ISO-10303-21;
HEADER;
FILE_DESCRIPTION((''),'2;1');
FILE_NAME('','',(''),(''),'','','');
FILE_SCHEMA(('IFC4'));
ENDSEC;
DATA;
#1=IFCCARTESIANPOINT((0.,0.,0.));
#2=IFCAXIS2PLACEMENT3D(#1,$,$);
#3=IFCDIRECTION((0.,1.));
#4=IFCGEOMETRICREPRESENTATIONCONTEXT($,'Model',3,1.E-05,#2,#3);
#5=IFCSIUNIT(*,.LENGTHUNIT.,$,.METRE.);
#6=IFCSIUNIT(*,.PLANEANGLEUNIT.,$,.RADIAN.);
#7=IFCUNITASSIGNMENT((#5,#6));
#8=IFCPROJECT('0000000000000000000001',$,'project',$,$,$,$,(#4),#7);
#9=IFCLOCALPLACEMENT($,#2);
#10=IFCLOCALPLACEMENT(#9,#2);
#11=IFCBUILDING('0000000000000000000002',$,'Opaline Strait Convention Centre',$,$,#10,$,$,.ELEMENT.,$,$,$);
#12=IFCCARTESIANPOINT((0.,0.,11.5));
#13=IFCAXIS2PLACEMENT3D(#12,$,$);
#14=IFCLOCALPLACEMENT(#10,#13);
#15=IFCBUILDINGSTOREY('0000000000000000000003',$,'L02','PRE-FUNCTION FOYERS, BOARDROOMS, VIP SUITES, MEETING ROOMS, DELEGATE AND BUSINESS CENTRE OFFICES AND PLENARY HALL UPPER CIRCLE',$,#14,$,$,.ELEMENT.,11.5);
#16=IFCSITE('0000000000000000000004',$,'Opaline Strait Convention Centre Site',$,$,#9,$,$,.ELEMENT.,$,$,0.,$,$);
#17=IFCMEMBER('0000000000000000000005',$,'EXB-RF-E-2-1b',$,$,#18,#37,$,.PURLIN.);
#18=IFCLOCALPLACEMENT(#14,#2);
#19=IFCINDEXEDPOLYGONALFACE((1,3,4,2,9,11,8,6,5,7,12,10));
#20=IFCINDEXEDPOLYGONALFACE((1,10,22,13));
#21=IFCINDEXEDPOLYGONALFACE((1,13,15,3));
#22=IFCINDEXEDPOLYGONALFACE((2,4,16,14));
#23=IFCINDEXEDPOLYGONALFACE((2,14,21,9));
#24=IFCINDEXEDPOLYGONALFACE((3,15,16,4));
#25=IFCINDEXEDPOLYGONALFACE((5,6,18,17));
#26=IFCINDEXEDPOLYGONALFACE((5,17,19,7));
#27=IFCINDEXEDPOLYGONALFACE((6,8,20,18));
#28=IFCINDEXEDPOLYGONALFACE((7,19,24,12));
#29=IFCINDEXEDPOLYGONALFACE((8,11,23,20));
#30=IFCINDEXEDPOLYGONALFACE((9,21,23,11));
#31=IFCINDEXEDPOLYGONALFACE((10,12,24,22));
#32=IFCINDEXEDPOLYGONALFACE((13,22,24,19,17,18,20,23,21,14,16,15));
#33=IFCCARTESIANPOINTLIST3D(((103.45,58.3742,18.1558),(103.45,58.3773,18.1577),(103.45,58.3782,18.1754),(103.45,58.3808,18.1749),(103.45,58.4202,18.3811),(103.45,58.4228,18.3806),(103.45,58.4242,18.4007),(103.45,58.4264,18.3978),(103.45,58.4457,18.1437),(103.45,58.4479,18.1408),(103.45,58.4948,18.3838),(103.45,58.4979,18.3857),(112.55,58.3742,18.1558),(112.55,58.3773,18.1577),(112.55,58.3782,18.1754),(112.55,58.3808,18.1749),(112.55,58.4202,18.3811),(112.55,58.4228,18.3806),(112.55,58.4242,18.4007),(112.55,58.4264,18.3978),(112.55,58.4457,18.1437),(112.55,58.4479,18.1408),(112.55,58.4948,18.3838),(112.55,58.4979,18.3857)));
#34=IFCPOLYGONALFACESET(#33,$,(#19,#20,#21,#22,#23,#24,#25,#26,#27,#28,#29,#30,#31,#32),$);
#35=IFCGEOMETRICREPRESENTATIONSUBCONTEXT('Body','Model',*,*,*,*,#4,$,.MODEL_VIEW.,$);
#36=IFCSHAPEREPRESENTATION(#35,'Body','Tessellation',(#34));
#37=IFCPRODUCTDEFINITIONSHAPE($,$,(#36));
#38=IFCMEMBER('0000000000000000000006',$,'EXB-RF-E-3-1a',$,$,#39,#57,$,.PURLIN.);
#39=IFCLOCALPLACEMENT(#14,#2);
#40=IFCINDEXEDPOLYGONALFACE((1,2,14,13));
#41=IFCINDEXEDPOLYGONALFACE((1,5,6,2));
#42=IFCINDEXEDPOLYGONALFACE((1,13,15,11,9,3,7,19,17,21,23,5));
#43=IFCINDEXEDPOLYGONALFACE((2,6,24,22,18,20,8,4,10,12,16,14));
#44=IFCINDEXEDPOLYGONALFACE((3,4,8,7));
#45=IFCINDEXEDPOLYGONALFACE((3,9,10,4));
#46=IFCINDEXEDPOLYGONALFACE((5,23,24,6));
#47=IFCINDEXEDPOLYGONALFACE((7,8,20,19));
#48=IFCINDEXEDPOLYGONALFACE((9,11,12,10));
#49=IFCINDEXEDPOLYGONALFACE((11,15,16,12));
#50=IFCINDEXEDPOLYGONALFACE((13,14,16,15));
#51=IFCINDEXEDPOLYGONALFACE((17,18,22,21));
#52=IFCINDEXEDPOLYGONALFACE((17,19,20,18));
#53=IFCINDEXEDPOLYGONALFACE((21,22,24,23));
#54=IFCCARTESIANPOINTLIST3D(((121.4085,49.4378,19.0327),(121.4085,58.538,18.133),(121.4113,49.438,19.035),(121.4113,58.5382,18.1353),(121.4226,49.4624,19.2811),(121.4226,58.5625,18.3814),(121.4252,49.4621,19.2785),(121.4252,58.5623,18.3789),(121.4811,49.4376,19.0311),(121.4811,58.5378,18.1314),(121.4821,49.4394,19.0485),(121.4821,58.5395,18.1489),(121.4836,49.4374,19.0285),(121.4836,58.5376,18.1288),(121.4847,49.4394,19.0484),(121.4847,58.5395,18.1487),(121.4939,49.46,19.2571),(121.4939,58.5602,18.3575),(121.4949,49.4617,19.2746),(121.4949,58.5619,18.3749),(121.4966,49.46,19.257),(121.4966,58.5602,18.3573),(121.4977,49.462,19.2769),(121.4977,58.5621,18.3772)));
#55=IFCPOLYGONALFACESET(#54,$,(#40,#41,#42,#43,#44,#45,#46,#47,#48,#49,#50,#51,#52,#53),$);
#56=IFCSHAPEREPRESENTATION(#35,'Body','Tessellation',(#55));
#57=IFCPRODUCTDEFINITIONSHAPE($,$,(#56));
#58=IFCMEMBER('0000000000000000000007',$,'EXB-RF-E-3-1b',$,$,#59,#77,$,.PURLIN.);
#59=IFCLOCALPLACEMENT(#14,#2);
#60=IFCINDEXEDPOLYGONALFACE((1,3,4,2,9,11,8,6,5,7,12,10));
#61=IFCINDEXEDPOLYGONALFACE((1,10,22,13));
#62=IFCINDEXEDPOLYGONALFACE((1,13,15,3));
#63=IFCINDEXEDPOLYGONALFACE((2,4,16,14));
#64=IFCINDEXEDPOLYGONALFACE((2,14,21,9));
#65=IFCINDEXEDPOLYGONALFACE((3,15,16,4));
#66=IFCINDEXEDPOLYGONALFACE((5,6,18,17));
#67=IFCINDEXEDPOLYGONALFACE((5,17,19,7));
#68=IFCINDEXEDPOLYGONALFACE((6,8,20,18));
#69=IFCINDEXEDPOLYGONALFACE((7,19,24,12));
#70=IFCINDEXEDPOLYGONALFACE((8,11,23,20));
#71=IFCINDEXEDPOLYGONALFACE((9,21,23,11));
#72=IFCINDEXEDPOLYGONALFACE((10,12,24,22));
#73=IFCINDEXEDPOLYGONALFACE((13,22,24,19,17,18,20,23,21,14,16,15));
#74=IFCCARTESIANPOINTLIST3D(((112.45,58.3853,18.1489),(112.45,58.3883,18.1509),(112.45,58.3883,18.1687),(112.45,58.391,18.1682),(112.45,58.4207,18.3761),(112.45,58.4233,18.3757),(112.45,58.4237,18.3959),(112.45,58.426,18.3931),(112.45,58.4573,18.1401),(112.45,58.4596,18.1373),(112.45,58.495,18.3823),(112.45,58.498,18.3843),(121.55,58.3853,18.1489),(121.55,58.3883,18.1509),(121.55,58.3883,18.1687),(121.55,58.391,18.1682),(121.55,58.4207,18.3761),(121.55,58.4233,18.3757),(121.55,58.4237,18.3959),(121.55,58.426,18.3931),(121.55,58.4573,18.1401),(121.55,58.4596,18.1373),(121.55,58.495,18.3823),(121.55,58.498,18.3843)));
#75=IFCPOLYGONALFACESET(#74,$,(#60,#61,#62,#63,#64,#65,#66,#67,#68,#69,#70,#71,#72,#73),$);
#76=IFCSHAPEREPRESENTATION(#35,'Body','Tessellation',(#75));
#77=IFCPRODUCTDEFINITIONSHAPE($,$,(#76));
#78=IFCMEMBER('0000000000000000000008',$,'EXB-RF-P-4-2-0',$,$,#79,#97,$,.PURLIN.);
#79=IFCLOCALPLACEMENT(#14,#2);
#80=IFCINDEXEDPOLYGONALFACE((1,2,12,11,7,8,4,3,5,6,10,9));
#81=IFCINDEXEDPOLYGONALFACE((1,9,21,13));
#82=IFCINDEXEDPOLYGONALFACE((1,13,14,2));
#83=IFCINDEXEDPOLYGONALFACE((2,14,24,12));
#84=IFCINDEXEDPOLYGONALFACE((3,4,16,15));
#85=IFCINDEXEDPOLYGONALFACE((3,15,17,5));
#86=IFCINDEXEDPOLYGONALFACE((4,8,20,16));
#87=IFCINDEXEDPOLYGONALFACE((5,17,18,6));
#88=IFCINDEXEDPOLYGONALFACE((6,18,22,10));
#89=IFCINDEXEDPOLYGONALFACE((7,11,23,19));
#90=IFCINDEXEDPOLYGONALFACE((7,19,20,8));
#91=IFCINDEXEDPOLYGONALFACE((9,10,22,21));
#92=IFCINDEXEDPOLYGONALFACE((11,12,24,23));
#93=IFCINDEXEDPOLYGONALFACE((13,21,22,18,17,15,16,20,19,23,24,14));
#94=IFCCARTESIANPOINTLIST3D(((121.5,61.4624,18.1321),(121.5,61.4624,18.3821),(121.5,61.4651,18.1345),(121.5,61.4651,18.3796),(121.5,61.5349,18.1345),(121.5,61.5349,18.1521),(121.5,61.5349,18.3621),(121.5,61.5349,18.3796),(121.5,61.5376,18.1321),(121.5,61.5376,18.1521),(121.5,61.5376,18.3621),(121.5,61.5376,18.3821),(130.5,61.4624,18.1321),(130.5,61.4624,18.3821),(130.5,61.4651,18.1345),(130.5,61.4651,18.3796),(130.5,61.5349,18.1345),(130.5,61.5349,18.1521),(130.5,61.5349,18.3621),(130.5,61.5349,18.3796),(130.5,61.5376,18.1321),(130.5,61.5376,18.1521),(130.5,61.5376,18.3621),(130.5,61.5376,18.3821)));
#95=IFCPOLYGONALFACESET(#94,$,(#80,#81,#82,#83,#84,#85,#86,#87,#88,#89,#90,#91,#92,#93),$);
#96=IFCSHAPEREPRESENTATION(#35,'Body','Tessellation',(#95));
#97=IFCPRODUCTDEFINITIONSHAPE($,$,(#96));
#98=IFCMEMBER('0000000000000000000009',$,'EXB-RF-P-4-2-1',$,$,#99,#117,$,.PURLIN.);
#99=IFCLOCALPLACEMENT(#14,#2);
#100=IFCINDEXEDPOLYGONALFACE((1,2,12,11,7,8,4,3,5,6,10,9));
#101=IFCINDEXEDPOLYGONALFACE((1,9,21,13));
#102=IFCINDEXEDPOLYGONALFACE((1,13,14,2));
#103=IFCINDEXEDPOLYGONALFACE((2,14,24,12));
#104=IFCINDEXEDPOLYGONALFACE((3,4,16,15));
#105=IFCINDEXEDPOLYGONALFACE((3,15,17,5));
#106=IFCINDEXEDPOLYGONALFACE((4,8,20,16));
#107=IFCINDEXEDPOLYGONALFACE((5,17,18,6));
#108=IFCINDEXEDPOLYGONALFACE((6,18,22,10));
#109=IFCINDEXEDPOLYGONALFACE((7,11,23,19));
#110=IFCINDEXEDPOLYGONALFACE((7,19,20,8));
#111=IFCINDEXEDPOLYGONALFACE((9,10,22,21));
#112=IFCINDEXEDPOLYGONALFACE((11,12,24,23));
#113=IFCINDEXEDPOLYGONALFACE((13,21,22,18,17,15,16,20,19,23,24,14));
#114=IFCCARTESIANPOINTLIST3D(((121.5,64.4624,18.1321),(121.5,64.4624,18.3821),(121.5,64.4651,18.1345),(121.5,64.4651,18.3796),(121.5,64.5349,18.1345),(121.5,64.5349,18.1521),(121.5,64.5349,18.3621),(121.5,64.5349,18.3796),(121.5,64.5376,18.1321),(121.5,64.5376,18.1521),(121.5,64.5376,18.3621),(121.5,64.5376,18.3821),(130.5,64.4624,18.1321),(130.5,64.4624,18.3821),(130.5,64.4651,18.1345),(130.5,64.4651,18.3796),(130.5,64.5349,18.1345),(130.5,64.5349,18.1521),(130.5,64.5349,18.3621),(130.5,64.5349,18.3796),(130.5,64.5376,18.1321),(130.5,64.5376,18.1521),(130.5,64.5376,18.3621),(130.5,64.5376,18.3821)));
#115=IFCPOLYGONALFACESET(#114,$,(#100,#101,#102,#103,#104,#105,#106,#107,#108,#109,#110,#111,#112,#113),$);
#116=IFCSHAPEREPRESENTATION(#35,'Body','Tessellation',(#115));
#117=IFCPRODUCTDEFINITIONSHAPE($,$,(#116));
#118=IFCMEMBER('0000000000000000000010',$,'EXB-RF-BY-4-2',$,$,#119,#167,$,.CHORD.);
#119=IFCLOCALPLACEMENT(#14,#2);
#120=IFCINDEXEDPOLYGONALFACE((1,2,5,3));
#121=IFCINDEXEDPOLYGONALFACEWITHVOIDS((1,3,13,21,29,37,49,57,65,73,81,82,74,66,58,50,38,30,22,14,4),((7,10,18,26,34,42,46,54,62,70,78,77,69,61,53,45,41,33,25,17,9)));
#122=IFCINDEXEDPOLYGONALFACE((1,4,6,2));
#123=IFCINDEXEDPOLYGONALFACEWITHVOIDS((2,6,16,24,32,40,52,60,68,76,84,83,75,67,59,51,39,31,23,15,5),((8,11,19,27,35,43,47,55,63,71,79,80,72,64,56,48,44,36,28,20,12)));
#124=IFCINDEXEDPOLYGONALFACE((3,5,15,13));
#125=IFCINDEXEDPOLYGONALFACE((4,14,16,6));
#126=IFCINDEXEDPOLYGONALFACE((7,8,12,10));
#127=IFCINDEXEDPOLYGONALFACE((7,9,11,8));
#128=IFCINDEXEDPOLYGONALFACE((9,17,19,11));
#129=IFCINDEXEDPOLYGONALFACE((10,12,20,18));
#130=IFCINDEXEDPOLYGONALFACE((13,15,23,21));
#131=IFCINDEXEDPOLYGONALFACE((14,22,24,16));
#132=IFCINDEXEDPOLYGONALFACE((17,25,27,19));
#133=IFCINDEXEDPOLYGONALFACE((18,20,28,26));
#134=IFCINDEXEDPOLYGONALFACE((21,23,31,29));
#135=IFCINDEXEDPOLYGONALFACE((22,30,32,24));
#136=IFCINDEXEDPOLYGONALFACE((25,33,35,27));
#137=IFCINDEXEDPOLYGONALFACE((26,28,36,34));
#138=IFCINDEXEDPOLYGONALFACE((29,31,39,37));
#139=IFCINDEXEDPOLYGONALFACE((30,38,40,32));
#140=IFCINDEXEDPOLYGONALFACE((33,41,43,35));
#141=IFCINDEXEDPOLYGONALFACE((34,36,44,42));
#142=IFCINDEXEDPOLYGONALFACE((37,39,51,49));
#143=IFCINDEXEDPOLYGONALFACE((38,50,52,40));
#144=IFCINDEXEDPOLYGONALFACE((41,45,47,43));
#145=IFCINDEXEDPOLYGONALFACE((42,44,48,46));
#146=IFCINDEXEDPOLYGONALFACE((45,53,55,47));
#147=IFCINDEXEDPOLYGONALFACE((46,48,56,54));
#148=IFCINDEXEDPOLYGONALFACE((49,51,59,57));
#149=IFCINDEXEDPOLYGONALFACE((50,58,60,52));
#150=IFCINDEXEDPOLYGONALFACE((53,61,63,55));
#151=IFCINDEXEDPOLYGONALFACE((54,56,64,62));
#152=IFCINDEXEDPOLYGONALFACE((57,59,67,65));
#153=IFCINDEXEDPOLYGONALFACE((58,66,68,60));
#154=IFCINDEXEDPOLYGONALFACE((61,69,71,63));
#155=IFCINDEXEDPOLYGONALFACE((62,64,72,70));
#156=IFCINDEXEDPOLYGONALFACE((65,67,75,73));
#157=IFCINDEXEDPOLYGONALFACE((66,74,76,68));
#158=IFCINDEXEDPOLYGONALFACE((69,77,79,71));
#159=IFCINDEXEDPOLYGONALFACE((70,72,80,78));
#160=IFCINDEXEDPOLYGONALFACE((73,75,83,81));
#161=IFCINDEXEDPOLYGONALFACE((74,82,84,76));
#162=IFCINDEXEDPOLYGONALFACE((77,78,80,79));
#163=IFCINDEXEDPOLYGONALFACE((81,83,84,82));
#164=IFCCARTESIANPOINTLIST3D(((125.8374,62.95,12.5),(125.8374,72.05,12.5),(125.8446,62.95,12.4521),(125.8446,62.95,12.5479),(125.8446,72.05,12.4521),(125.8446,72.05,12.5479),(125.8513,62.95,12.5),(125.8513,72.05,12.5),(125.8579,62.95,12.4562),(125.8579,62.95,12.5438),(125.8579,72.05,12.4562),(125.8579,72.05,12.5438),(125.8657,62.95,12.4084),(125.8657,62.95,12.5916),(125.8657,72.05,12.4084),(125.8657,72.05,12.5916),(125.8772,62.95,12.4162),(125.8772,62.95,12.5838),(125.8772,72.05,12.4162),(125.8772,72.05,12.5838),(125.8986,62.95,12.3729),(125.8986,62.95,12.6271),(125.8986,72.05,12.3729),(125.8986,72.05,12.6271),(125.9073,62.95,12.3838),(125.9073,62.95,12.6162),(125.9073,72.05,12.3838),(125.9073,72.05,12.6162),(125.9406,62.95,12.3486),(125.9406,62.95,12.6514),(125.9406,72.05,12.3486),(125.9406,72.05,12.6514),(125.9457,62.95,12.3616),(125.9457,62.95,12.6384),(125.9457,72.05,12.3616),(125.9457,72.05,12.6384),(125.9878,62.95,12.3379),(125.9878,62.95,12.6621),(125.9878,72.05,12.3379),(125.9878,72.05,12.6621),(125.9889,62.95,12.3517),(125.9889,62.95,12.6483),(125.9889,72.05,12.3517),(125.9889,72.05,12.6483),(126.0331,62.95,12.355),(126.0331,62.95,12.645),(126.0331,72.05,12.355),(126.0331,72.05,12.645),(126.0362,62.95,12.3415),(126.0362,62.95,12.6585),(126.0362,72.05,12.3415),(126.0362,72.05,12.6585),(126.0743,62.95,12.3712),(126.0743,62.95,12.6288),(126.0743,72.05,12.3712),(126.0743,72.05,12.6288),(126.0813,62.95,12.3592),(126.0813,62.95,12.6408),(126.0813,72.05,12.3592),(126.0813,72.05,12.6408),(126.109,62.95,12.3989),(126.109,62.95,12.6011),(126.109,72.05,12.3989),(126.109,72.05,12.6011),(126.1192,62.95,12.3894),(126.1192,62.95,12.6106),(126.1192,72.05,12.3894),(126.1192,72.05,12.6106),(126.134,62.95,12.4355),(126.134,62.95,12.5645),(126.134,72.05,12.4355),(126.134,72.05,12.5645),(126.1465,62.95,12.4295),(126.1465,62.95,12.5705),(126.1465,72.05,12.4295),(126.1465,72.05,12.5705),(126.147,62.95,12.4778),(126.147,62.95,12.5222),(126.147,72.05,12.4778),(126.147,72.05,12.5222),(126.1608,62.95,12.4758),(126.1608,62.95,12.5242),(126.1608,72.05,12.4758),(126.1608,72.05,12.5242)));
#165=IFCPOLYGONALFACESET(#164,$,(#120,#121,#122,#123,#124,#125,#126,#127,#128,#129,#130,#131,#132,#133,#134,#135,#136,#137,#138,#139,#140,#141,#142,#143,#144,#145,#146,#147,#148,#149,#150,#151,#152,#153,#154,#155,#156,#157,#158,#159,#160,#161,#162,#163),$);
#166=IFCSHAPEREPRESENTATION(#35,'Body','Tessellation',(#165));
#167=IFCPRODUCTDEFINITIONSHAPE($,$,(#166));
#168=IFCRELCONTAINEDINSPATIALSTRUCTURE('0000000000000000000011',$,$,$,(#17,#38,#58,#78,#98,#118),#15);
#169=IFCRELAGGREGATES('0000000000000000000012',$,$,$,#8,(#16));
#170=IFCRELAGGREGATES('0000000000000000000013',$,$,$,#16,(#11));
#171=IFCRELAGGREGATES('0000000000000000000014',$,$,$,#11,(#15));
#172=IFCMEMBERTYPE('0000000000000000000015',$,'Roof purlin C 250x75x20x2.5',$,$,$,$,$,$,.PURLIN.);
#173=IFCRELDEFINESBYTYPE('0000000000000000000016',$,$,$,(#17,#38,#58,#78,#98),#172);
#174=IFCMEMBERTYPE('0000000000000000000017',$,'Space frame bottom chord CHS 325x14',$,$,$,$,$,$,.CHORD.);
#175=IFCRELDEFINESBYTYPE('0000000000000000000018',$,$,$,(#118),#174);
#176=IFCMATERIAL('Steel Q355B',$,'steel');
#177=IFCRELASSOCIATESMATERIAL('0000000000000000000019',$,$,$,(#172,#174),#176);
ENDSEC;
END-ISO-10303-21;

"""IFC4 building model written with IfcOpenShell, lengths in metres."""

from ifc_helpers import new_model, si_unit, direction, frame, origin, origin_2d, place, context, subcontext, project, spatial, polyline, hollow_circle, outline, extrude, material, material_profile, profile_set, type_object, element, save


model = new_model("IFC4")

# Units and contexts
model_context = context("Model", 3, precision=1e-05, world=origin(), true_north=direction((0.0, 1.0)))
body_context = subcontext(model_context, "Body", "Model", "MODEL_VIEW")
ifc_project = project(units=[si_unit("LENGTHUNIT", "METRE"), si_unit("PLANEANGLEUNIT", "RADIAN")], contexts=[model_context])

# Site, building, storey
site_placement = place(None, origin())
site = spatial("IfcSite", under=ifc_project, at=site_placement, Name="Opaline Strait Convention Centre Site", CompositionType="ELEMENT", RefElevation=0.0)
building_placement = place(site_placement, origin())
building = spatial("IfcBuilding", under=site, at=building_placement, Name="Opaline Strait Convention Centre", CompositionType="ELEMENT")
storey_placement = place(building_placement, frame((0.0, 0.0, 11.5)))
storey = spatial("IfcBuildingStorey", under=building, at=storey_placement, Name="L02", Description="PRE-FUNCTION FOYERS, BOARDROOMS, VIP SUITES, MEETING ROOMS, DELEGATE AND BUSINESS CENTRE OFFICES AND PLENARY HALL UPPER CIRCLE", CompositionType="ELEMENT", Elevation=11.5)

# Members
ifc_material = material(Name="Steel Q355B", Category="steel")
ifc_material_profile_1 = material_profile(ifc_material, outline(polyline([(-0.0376, -0.125), (0.0376, -0.125), (0.0376, -0.105), (0.0349, -0.105), (0.0349, -0.1226), (-0.0349, -0.1226), (-0.0349, 0.1226), (0.0349, 0.1226), (0.0349, 0.105), (0.0376, 0.105), (0.0376, 0.125), (-0.0376, 0.125), (-0.0376, -0.125)])), Name="C 250x75x20x2.5")
ifc_profile_set_1 = profile_set([ifc_material_profile_1], Name="Steel Q355B")
member_type_1 = type_object("IfcMemberType", Name="Roof purlin C 250x75x20x2.5", PredefinedType="PURLIN", material=ifc_profile_set_1)
member_1_placement = place(storey_placement, frame((112.55, 58.436, 18.2708), z_axis=(-1.0, 0.0, 0.0), x_axis=(0.0, -0.97978, 0.200078)))
element("IfcMember", 1, at=member_1_placement, inside=storey, type_object=member_type_1, Name="EXB-RF-E-2-1b", PredefinedType="PURLIN", context=body_context, shape_type="SweptSolid", body=[
    extrude(outline(polyline([(-0.0376, -0.125), (0.0376, -0.125), (0.0376, -0.105), (0.0349, -0.105), (0.0349, -0.1226), (-0.0349, -0.1226), (-0.0349, 0.1226), (0.0349, 0.1226), (0.0349, 0.105), (0.0376, 0.105), (0.0376, 0.125), (-0.0376, 0.125), (-0.0376, -0.125)])), origin(), (0.0, 0.0, 1.0), 9.1001),
])
member_2_placement = place(storey_placement, frame((121.4531, 58.55, 18.2551), z_axis=(0.0, -0.995149, 0.098383), x_axis=(0.998403, -0.005558, -0.05622)))
element("IfcMember", 2, at=member_2_placement, inside=storey, type_object=member_type_1, Name="EXB-RF-E-3-1a", PredefinedType="PURLIN", context=body_context, shape_type="SweptSolid", body=[
    extrude(outline(polyline([(-0.0376, -0.125), (0.0376, -0.125), (0.0376, -0.105), (0.0349, -0.105), (0.0349, -0.1226), (-0.0349, -0.1226), (-0.0349, 0.1226), (0.0349, 0.1226), (0.0349, 0.105), (0.0376, 0.105), (0.0376, 0.125), (-0.0376, 0.125), (-0.0376, -0.125)])), origin(), (0.0, 0.0, 1.0), 9.1445),
])
member_3_placement = place(storey_placement, frame((121.55, 58.4417, 18.2666), z_axis=(-1.0, 0.0, 0.0), x_axis=(0.0, -0.988092, 0.153864)))
element("IfcMember", 3, at=member_3_placement, inside=storey, type_object=member_type_1, Name="EXB-RF-E-3-1b", PredefinedType="PURLIN", context=body_context, shape_type="SweptSolid", body=[
    extrude(outline(polyline([(-0.0376, -0.125), (0.0376, -0.125), (0.0376, -0.105), (0.0349, -0.105), (0.0349, -0.1226), (-0.0349, -0.1226), (-0.0349, 0.1226), (0.0349, 0.1226), (0.0349, 0.105), (0.0376, 0.105), (0.0376, 0.125), (-0.0376, 0.125), (-0.0376, -0.125)])), origin(), (0.0, 0.0, 1.0), 9.1001),
])
for number, where, z_axis, x_axis, name in (
    (4, (121.5, 61.5, 18.2571), (1.0, 0.0, 0.0), (0.0, 1.0, 0.0), "EXB-RF-P-4-2-0"),
    (5, (121.5, 64.5, 18.2571), (1.0, 0.0, 0.0), (0.0, 1.0, 0.0), "EXB-RF-P-4-2-1"),
):
    element("IfcMember", number, at=place(storey_placement, frame(where, z_axis=z_axis, x_axis=x_axis)), inside=storey, type_object=member_type_1, Name=name, PredefinedType="PURLIN", context=body_context, shape_type="SweptSolid", body=[
        extrude(outline(polyline([(-0.0376, -0.125), (0.0376, -0.125), (0.0376, -0.105), (0.0349, -0.105), (0.0349, -0.1226), (-0.0349, -0.1226), (-0.0349, 0.1226), (0.0349, 0.1226), (0.0349, 0.105), (0.0376, 0.105), (0.0376, 0.125), (-0.0376, 0.125), (-0.0376, -0.125)])), origin(), (0.0, 0.0, 1.0), 9.0),
    ])
ifc_material_profile_2 = material_profile(ifc_material, hollow_circle(Radius=0.1626, WallThickness=0.0139, at=origin_2d()), Name="CHS 325x14")
ifc_profile_set_2 = profile_set([ifc_material_profile_2], Name="Steel Q355B")
member_type_2 = type_object("IfcMemberType", Name="Space frame bottom chord CHS 325x14", PredefinedType="CHORD", material=ifc_profile_set_2)
member_4_placement = place(storey_placement, frame((126.0, 62.95, 12.5), z_axis=(0.0, 1.0, 0.0), x_axis=(-1.0, 0.0, 0.0)))
element("IfcMember", 6, at=member_4_placement, inside=storey, type_object=member_type_2, Name="EXB-RF-BY-4-2", PredefinedType="CHORD", context=body_context, shape_type="SweptSolid", body=[
    extrude(hollow_circle(Radius=0.1626, WallThickness=0.0139, at=origin_2d()), origin(), (0.0, 0.0, 1.0), 9.1001),
])

save(model, "model.ifc")
